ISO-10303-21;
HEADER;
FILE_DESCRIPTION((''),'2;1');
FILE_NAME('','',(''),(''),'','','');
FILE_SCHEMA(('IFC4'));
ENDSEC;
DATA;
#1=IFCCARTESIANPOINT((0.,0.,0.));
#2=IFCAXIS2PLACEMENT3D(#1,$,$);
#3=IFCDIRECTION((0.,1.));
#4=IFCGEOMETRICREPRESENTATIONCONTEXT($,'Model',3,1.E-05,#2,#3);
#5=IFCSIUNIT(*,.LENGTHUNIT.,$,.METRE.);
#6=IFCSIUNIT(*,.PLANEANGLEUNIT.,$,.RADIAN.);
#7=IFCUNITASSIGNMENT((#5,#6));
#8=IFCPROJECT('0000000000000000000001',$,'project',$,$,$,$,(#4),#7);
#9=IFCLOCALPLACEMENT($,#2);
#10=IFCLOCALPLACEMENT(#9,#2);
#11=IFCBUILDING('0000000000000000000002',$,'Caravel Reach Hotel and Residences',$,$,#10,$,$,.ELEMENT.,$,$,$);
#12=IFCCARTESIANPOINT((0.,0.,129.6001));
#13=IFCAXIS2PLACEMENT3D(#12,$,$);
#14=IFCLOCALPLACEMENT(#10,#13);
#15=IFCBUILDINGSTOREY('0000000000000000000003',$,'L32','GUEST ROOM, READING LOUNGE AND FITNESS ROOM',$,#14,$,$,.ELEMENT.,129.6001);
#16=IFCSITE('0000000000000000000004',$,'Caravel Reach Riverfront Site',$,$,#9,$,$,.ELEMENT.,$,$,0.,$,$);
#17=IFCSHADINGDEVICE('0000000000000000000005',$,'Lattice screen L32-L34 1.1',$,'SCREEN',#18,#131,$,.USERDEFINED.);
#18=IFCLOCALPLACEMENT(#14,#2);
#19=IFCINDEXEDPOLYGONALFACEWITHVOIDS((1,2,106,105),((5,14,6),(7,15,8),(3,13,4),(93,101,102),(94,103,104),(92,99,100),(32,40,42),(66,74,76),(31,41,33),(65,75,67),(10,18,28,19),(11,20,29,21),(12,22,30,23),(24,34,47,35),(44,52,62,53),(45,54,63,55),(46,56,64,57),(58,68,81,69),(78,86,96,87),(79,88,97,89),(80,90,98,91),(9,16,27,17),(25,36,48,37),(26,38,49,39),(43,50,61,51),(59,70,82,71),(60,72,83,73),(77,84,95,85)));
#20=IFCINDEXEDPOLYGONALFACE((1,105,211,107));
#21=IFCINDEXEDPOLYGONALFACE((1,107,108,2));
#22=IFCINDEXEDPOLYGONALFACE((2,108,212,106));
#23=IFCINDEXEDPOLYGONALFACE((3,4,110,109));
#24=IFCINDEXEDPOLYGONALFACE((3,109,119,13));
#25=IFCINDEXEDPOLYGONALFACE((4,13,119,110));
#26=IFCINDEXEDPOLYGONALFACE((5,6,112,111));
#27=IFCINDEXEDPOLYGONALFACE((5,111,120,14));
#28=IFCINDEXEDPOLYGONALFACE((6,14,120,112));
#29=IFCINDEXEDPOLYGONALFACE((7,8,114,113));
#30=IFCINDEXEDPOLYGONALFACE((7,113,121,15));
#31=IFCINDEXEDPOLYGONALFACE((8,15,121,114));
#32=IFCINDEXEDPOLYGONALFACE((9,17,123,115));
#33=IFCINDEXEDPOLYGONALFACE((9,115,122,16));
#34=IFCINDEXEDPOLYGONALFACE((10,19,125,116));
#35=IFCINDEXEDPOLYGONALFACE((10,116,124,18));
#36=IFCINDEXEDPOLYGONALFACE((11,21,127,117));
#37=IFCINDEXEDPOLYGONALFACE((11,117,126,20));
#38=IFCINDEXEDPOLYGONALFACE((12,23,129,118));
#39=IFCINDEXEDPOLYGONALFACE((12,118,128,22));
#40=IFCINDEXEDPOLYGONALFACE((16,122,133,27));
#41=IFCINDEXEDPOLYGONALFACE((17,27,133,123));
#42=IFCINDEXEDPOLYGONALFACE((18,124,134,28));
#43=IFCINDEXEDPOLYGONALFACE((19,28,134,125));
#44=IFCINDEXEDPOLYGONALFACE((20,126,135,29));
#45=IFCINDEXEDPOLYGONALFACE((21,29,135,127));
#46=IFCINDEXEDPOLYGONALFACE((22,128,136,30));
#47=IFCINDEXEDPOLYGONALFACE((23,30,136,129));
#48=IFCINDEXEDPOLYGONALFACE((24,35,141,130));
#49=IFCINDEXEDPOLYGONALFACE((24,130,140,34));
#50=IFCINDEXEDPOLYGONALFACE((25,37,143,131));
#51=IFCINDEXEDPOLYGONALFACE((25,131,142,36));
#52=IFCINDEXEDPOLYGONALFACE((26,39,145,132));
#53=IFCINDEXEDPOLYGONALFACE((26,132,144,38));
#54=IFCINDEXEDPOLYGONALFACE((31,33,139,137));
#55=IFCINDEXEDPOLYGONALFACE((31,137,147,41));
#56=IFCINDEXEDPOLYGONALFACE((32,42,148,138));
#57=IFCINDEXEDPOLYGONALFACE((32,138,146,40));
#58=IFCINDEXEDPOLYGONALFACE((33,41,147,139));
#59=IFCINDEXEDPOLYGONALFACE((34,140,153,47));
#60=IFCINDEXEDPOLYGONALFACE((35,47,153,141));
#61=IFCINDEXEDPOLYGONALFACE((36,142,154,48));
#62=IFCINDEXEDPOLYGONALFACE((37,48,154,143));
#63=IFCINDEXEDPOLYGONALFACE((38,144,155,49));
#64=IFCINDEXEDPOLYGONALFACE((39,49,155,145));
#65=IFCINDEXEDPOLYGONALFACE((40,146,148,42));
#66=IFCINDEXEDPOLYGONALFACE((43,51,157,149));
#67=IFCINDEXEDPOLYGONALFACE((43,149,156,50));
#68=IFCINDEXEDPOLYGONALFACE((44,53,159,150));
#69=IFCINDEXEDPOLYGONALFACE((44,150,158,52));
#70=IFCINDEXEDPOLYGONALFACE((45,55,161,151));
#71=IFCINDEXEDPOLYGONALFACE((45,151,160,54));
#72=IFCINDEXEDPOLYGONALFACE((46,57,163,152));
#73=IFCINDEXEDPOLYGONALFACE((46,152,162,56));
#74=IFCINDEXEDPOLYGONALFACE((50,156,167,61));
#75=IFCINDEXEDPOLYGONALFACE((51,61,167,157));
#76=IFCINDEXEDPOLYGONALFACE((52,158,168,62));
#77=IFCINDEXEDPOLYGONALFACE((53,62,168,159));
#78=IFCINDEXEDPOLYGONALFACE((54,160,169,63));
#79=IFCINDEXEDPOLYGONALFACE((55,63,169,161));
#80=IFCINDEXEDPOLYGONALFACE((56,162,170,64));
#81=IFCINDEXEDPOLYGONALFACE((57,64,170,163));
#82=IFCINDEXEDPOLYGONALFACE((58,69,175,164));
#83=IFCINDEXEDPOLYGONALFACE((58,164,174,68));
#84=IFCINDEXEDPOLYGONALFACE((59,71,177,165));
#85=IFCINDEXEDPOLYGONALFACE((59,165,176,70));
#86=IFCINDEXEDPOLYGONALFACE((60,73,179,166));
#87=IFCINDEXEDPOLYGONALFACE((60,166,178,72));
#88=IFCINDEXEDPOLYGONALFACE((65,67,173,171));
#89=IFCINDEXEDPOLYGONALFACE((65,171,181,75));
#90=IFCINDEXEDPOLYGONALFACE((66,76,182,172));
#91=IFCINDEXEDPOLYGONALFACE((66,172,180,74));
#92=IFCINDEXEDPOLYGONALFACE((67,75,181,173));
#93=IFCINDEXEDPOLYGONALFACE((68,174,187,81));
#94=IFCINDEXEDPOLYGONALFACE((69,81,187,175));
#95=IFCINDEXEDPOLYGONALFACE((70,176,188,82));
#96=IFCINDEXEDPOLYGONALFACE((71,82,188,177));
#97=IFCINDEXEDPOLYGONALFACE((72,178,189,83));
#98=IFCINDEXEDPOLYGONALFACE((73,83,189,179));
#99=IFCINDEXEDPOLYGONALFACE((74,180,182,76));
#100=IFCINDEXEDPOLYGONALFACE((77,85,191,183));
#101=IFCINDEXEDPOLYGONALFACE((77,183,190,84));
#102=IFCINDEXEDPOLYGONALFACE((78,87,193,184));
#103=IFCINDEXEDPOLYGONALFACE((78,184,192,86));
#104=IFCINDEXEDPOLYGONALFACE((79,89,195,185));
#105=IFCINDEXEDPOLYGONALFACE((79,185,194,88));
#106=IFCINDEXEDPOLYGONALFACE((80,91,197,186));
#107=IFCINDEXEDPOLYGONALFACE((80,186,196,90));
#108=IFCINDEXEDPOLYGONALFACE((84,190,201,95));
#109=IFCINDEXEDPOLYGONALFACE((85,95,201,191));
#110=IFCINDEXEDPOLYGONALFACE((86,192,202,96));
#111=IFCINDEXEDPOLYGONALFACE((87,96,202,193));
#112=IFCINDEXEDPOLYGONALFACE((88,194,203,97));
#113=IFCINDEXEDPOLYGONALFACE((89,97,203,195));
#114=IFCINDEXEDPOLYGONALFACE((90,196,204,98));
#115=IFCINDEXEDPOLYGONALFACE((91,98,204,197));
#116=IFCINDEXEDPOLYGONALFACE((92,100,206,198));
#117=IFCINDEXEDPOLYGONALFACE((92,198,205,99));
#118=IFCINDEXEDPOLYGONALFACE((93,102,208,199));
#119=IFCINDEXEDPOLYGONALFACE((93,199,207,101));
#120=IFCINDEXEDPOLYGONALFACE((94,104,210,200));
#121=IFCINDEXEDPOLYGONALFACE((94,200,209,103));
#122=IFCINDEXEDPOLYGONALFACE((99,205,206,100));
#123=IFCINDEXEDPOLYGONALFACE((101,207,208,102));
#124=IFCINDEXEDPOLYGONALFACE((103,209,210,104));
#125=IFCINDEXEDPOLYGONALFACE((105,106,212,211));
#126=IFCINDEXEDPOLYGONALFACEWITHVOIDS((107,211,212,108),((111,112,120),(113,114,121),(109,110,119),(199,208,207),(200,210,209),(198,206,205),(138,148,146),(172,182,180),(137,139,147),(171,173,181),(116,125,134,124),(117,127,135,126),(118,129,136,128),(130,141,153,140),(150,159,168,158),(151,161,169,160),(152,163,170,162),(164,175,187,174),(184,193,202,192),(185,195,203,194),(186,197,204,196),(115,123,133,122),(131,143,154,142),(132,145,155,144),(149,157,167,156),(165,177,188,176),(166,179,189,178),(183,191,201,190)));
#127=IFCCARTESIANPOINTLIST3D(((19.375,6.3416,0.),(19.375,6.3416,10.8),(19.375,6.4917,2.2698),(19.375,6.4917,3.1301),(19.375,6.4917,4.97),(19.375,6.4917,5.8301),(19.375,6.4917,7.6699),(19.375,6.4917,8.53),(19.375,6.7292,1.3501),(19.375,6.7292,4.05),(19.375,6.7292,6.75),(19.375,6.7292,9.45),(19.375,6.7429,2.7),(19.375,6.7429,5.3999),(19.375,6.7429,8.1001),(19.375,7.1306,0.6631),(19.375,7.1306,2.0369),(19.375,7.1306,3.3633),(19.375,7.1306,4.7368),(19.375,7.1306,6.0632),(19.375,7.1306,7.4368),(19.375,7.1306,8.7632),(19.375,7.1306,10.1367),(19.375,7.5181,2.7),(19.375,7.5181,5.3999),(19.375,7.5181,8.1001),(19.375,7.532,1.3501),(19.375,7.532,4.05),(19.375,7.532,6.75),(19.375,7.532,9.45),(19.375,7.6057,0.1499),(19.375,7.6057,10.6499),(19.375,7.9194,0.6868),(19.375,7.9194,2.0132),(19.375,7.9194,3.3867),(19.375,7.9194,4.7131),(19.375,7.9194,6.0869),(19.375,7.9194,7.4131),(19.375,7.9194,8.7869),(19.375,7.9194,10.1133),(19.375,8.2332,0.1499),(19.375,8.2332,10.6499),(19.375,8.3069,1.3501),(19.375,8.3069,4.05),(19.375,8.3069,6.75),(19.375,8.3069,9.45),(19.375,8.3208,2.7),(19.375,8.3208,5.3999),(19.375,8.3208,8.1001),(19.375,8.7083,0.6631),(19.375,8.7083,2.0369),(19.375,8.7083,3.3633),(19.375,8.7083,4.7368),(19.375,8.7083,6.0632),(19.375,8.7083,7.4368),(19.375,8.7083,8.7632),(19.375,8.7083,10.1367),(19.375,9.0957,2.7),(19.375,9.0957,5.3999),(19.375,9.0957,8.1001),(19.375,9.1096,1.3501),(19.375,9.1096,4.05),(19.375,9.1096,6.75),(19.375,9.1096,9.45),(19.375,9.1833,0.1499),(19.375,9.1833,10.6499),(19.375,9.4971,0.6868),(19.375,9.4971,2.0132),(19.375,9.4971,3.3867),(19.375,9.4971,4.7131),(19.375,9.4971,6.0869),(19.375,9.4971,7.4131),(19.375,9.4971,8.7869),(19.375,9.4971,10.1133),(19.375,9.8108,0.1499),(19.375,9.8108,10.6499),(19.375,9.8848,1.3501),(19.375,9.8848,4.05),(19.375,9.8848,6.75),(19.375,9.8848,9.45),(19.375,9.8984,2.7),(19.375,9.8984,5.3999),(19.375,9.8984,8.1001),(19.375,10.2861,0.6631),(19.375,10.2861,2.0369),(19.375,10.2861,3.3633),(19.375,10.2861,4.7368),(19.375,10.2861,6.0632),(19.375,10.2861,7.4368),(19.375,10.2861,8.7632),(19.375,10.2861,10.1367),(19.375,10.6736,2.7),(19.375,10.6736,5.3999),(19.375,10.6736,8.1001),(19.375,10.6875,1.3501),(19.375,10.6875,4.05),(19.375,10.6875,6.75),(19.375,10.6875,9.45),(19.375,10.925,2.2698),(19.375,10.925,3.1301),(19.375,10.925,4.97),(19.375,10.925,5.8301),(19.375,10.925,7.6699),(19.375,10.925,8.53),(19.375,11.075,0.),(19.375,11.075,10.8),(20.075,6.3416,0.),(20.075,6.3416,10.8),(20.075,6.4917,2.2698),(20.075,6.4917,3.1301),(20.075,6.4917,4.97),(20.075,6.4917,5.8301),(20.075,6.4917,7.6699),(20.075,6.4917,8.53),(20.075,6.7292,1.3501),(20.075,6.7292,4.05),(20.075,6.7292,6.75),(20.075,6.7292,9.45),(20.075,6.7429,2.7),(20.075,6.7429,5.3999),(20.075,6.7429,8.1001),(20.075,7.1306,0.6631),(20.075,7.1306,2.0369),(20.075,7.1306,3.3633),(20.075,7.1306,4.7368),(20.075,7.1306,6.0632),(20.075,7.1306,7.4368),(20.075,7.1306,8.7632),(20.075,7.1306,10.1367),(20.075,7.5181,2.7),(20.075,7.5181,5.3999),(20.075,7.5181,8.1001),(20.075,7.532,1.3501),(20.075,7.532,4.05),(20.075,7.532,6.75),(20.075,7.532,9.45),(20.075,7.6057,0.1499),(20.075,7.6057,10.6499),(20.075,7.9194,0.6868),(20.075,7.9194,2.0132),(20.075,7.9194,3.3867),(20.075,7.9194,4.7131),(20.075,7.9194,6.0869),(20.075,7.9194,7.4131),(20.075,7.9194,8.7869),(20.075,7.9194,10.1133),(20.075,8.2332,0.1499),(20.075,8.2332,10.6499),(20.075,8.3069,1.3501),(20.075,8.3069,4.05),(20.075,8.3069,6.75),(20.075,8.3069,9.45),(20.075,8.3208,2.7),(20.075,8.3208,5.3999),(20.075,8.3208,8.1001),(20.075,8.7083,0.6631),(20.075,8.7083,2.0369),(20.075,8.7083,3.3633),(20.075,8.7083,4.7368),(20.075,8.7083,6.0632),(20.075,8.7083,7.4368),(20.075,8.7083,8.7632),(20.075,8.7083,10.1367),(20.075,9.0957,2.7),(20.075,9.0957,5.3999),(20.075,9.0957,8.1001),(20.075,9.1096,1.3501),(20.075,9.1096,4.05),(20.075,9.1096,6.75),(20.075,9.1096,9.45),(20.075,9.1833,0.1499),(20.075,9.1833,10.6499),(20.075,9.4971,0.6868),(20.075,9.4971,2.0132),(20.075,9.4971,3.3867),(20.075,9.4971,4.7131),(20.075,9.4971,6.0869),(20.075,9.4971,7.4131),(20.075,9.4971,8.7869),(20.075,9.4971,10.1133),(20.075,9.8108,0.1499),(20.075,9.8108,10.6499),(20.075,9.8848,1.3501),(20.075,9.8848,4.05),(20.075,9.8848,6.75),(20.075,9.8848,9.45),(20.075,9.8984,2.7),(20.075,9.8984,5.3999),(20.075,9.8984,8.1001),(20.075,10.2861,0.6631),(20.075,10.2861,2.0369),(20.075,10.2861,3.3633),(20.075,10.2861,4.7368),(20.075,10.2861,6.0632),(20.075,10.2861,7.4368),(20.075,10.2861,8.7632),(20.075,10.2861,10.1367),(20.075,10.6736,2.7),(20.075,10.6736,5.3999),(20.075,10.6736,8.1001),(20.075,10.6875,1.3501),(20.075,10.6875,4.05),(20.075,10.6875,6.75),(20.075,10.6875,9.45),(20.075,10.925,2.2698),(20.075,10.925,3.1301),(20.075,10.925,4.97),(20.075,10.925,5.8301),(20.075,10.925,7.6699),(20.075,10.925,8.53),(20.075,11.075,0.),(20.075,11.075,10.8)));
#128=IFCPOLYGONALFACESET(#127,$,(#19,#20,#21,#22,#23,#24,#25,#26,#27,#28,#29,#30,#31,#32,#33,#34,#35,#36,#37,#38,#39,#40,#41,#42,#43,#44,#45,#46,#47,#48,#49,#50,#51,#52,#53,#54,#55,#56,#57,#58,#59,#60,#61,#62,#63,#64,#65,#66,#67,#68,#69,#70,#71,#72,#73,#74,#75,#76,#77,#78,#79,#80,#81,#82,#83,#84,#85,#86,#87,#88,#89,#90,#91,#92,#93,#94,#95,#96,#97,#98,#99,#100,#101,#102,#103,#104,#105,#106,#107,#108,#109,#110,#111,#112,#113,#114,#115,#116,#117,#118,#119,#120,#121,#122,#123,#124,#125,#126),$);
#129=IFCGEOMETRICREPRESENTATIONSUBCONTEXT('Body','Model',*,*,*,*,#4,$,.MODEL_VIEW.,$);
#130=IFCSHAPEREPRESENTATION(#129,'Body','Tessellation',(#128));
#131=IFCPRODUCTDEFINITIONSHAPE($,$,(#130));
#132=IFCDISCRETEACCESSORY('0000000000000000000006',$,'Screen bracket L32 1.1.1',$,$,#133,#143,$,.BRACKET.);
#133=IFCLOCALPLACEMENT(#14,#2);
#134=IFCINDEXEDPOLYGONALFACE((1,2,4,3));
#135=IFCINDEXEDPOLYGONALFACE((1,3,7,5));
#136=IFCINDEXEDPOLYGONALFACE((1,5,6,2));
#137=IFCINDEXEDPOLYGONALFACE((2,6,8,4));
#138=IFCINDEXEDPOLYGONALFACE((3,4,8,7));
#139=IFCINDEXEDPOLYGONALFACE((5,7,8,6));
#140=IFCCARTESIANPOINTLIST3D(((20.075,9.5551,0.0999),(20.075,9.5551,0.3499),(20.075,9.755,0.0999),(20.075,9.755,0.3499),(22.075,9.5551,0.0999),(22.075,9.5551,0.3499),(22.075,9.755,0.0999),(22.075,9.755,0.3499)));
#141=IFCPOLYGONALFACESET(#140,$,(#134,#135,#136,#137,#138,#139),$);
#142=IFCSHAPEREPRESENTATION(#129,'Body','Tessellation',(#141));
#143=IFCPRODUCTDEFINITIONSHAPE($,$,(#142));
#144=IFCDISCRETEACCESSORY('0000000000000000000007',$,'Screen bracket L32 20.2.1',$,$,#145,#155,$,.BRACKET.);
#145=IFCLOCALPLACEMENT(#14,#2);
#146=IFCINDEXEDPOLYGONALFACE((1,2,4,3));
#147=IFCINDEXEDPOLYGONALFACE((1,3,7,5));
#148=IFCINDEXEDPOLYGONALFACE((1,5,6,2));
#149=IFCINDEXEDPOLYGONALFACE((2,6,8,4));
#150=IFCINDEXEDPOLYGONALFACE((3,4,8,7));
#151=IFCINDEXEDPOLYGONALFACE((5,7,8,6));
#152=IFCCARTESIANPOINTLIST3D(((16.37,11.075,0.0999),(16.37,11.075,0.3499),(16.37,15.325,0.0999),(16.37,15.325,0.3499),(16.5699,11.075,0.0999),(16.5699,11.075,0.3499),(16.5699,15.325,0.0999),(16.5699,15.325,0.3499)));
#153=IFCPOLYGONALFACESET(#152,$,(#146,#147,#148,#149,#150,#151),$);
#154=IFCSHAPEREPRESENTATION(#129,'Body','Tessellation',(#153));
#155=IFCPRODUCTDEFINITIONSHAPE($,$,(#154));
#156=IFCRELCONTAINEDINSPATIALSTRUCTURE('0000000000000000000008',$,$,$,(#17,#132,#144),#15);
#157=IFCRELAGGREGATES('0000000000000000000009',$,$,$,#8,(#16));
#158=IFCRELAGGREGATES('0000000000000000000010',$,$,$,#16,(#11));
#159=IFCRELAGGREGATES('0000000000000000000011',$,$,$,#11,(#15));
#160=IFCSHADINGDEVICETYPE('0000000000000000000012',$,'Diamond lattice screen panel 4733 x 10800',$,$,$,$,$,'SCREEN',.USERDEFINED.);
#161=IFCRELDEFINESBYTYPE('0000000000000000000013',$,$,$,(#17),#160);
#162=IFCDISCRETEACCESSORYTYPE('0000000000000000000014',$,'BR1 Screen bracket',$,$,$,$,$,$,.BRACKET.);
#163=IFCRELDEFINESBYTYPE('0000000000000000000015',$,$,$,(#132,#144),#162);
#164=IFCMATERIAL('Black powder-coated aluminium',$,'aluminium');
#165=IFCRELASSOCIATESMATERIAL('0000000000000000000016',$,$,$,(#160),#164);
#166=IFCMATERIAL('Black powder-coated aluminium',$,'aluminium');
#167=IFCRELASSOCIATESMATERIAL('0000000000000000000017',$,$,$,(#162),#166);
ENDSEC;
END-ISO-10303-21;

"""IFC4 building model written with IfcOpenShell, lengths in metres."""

from ifc_helpers import new_model, si_unit, direction, frame, origin, origin_2d, place, context, subcontext, project, spatial, polyline, rectangle, outline, extrude, material, type_object, element, save


model = new_model("IFC4")

# Units and contexts
model_context = context("Model", 3, precision=1e-05, world=origin(), true_north=direction((0.0, 1.0)))
body_context = subcontext(model_context, "Body", "Model", "MODEL_VIEW")
ifc_project = project(units=[si_unit("LENGTHUNIT", "METRE"), si_unit("PLANEANGLEUNIT", "RADIAN")], contexts=[model_context])

# Site, building, storey
site_placement = place(None, origin())
site = spatial("IfcSite", under=ifc_project, at=site_placement, Name="Caravel Reach Riverfront Site", CompositionType="ELEMENT", RefElevation=0.0)
building_placement = place(site_placement, origin())
building = spatial("IfcBuilding", under=site, at=building_placement, Name="Caravel Reach Hotel and Residences", CompositionType="ELEMENT")
storey_placement = place(building_placement, frame((0.0, 0.0, 129.6001)))
storey = spatial("IfcBuildingStorey", under=building, at=storey_placement, Name="L32", Description="GUEST ROOM, READING LOUNGE AND FITNESS ROOM", CompositionType="ELEMENT", Elevation=129.6001)

# Shading device
ifc_material_1 = material(Name="Black powder-coated aluminium", Category="aluminium")
shading_device_type = type_object("IfcShadingDeviceType", Name="Diamond lattice screen panel 4733 x 10800", ElementType="SCREEN", PredefinedType="USERDEFINED", material=ifc_material_1)
shading_device_placement = place(storey_placement, frame((20.075, 11.075, 0.0), z_axis=(-1.0, 0.0, 0.0), x_axis=(0.0, -1.0, 0.0)))
element("IfcShadingDevice", 1, at=shading_device_placement, inside=storey, type_object=shading_device_type, Name="Lattice screen L32-L34 1.1", ObjectType="SCREEN", PredefinedType="USERDEFINED", context=body_context, shape_type="SweptSolid", body=[
    extrude(outline(polyline([(0.0, 0.0), (4.7334, 0.0), (4.7334, 10.8), (0.0, 10.8), (0.0, 0.0)]), holes=[polyline([(0.4014, 2.7), (0.1499, 3.1301), (0.1499, 2.2698), (0.4014, 2.7)]), polyline([(0.4014, 5.3999), (0.1499, 5.8301), (0.1499, 4.97), (0.4014, 5.3999)]), polyline([(0.4014, 8.1001), (0.1499, 8.53), (0.1499, 7.6699), (0.4014, 8.1001)]), polyline([(0.7888, 2.0369), (0.3875, 1.3501), (0.7888, 0.6631), (1.1902, 1.3501), (0.7888, 2.0369)]), polyline([(0.7888, 4.7368), (0.3875, 4.05), (0.7888, 3.3633), (1.1902, 4.05), (0.7888, 4.7368)]), polyline([(0.7888, 7.4368), (0.3875, 6.75), (0.7888, 6.0632), (1.1902, 6.75), (0.7888, 7.4368)]), polyline([(0.7888, 10.1367), (0.3875, 9.45), (0.7888, 8.7632), (1.1902, 9.45), (0.7888, 10.1367)]), polyline([(1.5779, 0.6868), (1.2642, 0.1499), (1.8916, 0.1499), (1.5779, 0.6868)]), polyline([(1.5779, 3.3867), (1.1765, 2.7), (1.5779, 2.0132), (1.9792, 2.7), (1.5779, 3.3867)]), polyline([(1.5779, 6.0869), (1.1765, 5.3999), (1.5779, 4.7131), (1.9792, 5.3999), (1.5779, 6.0869)]), polyline([(1.5779, 8.7869), (1.1765, 8.1001), (1.5779, 7.4131), (1.9792, 8.1001), (1.5779, 8.7869)]), polyline([(1.5779, 10.1133), (1.8916, 10.6499), (1.2642, 10.6499), (1.5779, 10.1133)]), polyline([(2.3667, 2.0369), (1.9653, 1.3501), (2.3667, 0.6631), (2.7681, 1.3501), (2.3667, 2.0369)]), polyline([(2.3667, 4.7368), (1.9653, 4.05), (2.3667, 3.3633), (2.7681, 4.05), (2.3667, 4.7368)]), polyline([(2.3667, 7.4368), (1.9653, 6.75), (2.3667, 6.0632), (2.7681, 6.75), (2.3667, 7.4368)]), polyline([(2.3667, 10.1367), (1.9653, 9.45), (2.3667, 8.7632), (2.7681, 9.45), (2.3667, 10.1367)]), polyline([(3.1555, 0.6868), (2.8418, 0.1499), (3.4692, 0.1499), (3.1555, 0.6868)]), polyline([(3.1555, 3.3867), (2.7542, 2.7), (3.1555, 2.0132), (3.5569, 2.7), (3.1555, 3.3867)]), polyline([(3.1555, 6.0869), (2.7542, 5.3999), (3.1555, 4.7131), (3.5569, 5.3999), (3.1555, 6.0869)]), polyline([(3.1555, 8.7869), (2.7542, 8.1001), (3.1555, 7.4131), (3.5569, 8.1001), (3.1555, 8.7869)]), polyline([(3.1555, 10.1133), (3.4692, 10.6499), (2.8418, 10.6499), (3.1555, 10.1133)]), polyline([(3.9443, 2.0369), (3.543, 1.3501), (3.9443, 0.6631), (4.3457, 1.3501), (3.9443, 2.0369)]), polyline([(3.9443, 4.7368), (3.543, 4.05), (3.9443, 3.3633), (4.3457, 4.05), (3.9443, 4.7368)]), polyline([(3.9443, 7.4368), (3.543, 6.75), (3.9443, 6.0632), (4.3457, 6.75), (3.9443, 7.4368)]), polyline([(3.9443, 10.1367), (3.543, 9.45), (3.9443, 8.7632), (4.3457, 9.45), (3.9443, 10.1367)]), polyline([(4.332, 2.7), (4.5833, 2.2698), (4.5833, 3.1301), (4.332, 2.7)]), polyline([(4.332, 5.3999), (4.5833, 4.97), (4.5833, 5.8301), (4.332, 5.3999)]), polyline([(4.332, 8.1001), (4.5833, 7.6699), (4.5833, 8.53), (4.332, 8.1001)])]), origin(), (0.0, 0.0, 1.0), 0.7),
])

# Discrete accessories
ifc_material_2 = material(Name="Black powder-coated aluminium", Category="aluminium")
discrete_accessory_type = type_object("IfcDiscreteAccessoryType", Name="BR1 Screen bracket", PredefinedType="BRACKET", material=ifc_material_2)
discrete_accessory_1_placement = place(storey_placement, frame((21.075, 9.655, 0.0999), z_axis=(0.0, 0.0, 1.0), x_axis=(-1.0, 0.0, 0.0)))
element("IfcDiscreteAccessory", 2, at=discrete_accessory_1_placement, inside=storey, type_object=discrete_accessory_type, Name="Screen bracket L32 1.1.1", PredefinedType="BRACKET", context=body_context, shape_type="SweptSolid", body=[
    extrude(rectangle(XDim=2.0, YDim=0.2, at=origin_2d()), origin(), (0.0, 0.0, 1.0), 0.25),
])
discrete_accessory_2_placement = place(storey_placement, frame((16.47, 13.2, 0.0999), z_axis=(0.0, 0.0, 1.0), x_axis=(0.0, -1.0, 0.0)))
element("IfcDiscreteAccessory", 3, at=discrete_accessory_2_placement, inside=storey, type_object=discrete_accessory_type, Name="Screen bracket L32 20.2.1", PredefinedType="BRACKET", context=body_context, shape_type="SweptSolid", body=[
    extrude(rectangle(XDim=4.25, YDim=0.2, at=origin_2d()), origin(), (0.0, 0.0, 1.0), 0.25),
])

save(model, "model.ifc")
